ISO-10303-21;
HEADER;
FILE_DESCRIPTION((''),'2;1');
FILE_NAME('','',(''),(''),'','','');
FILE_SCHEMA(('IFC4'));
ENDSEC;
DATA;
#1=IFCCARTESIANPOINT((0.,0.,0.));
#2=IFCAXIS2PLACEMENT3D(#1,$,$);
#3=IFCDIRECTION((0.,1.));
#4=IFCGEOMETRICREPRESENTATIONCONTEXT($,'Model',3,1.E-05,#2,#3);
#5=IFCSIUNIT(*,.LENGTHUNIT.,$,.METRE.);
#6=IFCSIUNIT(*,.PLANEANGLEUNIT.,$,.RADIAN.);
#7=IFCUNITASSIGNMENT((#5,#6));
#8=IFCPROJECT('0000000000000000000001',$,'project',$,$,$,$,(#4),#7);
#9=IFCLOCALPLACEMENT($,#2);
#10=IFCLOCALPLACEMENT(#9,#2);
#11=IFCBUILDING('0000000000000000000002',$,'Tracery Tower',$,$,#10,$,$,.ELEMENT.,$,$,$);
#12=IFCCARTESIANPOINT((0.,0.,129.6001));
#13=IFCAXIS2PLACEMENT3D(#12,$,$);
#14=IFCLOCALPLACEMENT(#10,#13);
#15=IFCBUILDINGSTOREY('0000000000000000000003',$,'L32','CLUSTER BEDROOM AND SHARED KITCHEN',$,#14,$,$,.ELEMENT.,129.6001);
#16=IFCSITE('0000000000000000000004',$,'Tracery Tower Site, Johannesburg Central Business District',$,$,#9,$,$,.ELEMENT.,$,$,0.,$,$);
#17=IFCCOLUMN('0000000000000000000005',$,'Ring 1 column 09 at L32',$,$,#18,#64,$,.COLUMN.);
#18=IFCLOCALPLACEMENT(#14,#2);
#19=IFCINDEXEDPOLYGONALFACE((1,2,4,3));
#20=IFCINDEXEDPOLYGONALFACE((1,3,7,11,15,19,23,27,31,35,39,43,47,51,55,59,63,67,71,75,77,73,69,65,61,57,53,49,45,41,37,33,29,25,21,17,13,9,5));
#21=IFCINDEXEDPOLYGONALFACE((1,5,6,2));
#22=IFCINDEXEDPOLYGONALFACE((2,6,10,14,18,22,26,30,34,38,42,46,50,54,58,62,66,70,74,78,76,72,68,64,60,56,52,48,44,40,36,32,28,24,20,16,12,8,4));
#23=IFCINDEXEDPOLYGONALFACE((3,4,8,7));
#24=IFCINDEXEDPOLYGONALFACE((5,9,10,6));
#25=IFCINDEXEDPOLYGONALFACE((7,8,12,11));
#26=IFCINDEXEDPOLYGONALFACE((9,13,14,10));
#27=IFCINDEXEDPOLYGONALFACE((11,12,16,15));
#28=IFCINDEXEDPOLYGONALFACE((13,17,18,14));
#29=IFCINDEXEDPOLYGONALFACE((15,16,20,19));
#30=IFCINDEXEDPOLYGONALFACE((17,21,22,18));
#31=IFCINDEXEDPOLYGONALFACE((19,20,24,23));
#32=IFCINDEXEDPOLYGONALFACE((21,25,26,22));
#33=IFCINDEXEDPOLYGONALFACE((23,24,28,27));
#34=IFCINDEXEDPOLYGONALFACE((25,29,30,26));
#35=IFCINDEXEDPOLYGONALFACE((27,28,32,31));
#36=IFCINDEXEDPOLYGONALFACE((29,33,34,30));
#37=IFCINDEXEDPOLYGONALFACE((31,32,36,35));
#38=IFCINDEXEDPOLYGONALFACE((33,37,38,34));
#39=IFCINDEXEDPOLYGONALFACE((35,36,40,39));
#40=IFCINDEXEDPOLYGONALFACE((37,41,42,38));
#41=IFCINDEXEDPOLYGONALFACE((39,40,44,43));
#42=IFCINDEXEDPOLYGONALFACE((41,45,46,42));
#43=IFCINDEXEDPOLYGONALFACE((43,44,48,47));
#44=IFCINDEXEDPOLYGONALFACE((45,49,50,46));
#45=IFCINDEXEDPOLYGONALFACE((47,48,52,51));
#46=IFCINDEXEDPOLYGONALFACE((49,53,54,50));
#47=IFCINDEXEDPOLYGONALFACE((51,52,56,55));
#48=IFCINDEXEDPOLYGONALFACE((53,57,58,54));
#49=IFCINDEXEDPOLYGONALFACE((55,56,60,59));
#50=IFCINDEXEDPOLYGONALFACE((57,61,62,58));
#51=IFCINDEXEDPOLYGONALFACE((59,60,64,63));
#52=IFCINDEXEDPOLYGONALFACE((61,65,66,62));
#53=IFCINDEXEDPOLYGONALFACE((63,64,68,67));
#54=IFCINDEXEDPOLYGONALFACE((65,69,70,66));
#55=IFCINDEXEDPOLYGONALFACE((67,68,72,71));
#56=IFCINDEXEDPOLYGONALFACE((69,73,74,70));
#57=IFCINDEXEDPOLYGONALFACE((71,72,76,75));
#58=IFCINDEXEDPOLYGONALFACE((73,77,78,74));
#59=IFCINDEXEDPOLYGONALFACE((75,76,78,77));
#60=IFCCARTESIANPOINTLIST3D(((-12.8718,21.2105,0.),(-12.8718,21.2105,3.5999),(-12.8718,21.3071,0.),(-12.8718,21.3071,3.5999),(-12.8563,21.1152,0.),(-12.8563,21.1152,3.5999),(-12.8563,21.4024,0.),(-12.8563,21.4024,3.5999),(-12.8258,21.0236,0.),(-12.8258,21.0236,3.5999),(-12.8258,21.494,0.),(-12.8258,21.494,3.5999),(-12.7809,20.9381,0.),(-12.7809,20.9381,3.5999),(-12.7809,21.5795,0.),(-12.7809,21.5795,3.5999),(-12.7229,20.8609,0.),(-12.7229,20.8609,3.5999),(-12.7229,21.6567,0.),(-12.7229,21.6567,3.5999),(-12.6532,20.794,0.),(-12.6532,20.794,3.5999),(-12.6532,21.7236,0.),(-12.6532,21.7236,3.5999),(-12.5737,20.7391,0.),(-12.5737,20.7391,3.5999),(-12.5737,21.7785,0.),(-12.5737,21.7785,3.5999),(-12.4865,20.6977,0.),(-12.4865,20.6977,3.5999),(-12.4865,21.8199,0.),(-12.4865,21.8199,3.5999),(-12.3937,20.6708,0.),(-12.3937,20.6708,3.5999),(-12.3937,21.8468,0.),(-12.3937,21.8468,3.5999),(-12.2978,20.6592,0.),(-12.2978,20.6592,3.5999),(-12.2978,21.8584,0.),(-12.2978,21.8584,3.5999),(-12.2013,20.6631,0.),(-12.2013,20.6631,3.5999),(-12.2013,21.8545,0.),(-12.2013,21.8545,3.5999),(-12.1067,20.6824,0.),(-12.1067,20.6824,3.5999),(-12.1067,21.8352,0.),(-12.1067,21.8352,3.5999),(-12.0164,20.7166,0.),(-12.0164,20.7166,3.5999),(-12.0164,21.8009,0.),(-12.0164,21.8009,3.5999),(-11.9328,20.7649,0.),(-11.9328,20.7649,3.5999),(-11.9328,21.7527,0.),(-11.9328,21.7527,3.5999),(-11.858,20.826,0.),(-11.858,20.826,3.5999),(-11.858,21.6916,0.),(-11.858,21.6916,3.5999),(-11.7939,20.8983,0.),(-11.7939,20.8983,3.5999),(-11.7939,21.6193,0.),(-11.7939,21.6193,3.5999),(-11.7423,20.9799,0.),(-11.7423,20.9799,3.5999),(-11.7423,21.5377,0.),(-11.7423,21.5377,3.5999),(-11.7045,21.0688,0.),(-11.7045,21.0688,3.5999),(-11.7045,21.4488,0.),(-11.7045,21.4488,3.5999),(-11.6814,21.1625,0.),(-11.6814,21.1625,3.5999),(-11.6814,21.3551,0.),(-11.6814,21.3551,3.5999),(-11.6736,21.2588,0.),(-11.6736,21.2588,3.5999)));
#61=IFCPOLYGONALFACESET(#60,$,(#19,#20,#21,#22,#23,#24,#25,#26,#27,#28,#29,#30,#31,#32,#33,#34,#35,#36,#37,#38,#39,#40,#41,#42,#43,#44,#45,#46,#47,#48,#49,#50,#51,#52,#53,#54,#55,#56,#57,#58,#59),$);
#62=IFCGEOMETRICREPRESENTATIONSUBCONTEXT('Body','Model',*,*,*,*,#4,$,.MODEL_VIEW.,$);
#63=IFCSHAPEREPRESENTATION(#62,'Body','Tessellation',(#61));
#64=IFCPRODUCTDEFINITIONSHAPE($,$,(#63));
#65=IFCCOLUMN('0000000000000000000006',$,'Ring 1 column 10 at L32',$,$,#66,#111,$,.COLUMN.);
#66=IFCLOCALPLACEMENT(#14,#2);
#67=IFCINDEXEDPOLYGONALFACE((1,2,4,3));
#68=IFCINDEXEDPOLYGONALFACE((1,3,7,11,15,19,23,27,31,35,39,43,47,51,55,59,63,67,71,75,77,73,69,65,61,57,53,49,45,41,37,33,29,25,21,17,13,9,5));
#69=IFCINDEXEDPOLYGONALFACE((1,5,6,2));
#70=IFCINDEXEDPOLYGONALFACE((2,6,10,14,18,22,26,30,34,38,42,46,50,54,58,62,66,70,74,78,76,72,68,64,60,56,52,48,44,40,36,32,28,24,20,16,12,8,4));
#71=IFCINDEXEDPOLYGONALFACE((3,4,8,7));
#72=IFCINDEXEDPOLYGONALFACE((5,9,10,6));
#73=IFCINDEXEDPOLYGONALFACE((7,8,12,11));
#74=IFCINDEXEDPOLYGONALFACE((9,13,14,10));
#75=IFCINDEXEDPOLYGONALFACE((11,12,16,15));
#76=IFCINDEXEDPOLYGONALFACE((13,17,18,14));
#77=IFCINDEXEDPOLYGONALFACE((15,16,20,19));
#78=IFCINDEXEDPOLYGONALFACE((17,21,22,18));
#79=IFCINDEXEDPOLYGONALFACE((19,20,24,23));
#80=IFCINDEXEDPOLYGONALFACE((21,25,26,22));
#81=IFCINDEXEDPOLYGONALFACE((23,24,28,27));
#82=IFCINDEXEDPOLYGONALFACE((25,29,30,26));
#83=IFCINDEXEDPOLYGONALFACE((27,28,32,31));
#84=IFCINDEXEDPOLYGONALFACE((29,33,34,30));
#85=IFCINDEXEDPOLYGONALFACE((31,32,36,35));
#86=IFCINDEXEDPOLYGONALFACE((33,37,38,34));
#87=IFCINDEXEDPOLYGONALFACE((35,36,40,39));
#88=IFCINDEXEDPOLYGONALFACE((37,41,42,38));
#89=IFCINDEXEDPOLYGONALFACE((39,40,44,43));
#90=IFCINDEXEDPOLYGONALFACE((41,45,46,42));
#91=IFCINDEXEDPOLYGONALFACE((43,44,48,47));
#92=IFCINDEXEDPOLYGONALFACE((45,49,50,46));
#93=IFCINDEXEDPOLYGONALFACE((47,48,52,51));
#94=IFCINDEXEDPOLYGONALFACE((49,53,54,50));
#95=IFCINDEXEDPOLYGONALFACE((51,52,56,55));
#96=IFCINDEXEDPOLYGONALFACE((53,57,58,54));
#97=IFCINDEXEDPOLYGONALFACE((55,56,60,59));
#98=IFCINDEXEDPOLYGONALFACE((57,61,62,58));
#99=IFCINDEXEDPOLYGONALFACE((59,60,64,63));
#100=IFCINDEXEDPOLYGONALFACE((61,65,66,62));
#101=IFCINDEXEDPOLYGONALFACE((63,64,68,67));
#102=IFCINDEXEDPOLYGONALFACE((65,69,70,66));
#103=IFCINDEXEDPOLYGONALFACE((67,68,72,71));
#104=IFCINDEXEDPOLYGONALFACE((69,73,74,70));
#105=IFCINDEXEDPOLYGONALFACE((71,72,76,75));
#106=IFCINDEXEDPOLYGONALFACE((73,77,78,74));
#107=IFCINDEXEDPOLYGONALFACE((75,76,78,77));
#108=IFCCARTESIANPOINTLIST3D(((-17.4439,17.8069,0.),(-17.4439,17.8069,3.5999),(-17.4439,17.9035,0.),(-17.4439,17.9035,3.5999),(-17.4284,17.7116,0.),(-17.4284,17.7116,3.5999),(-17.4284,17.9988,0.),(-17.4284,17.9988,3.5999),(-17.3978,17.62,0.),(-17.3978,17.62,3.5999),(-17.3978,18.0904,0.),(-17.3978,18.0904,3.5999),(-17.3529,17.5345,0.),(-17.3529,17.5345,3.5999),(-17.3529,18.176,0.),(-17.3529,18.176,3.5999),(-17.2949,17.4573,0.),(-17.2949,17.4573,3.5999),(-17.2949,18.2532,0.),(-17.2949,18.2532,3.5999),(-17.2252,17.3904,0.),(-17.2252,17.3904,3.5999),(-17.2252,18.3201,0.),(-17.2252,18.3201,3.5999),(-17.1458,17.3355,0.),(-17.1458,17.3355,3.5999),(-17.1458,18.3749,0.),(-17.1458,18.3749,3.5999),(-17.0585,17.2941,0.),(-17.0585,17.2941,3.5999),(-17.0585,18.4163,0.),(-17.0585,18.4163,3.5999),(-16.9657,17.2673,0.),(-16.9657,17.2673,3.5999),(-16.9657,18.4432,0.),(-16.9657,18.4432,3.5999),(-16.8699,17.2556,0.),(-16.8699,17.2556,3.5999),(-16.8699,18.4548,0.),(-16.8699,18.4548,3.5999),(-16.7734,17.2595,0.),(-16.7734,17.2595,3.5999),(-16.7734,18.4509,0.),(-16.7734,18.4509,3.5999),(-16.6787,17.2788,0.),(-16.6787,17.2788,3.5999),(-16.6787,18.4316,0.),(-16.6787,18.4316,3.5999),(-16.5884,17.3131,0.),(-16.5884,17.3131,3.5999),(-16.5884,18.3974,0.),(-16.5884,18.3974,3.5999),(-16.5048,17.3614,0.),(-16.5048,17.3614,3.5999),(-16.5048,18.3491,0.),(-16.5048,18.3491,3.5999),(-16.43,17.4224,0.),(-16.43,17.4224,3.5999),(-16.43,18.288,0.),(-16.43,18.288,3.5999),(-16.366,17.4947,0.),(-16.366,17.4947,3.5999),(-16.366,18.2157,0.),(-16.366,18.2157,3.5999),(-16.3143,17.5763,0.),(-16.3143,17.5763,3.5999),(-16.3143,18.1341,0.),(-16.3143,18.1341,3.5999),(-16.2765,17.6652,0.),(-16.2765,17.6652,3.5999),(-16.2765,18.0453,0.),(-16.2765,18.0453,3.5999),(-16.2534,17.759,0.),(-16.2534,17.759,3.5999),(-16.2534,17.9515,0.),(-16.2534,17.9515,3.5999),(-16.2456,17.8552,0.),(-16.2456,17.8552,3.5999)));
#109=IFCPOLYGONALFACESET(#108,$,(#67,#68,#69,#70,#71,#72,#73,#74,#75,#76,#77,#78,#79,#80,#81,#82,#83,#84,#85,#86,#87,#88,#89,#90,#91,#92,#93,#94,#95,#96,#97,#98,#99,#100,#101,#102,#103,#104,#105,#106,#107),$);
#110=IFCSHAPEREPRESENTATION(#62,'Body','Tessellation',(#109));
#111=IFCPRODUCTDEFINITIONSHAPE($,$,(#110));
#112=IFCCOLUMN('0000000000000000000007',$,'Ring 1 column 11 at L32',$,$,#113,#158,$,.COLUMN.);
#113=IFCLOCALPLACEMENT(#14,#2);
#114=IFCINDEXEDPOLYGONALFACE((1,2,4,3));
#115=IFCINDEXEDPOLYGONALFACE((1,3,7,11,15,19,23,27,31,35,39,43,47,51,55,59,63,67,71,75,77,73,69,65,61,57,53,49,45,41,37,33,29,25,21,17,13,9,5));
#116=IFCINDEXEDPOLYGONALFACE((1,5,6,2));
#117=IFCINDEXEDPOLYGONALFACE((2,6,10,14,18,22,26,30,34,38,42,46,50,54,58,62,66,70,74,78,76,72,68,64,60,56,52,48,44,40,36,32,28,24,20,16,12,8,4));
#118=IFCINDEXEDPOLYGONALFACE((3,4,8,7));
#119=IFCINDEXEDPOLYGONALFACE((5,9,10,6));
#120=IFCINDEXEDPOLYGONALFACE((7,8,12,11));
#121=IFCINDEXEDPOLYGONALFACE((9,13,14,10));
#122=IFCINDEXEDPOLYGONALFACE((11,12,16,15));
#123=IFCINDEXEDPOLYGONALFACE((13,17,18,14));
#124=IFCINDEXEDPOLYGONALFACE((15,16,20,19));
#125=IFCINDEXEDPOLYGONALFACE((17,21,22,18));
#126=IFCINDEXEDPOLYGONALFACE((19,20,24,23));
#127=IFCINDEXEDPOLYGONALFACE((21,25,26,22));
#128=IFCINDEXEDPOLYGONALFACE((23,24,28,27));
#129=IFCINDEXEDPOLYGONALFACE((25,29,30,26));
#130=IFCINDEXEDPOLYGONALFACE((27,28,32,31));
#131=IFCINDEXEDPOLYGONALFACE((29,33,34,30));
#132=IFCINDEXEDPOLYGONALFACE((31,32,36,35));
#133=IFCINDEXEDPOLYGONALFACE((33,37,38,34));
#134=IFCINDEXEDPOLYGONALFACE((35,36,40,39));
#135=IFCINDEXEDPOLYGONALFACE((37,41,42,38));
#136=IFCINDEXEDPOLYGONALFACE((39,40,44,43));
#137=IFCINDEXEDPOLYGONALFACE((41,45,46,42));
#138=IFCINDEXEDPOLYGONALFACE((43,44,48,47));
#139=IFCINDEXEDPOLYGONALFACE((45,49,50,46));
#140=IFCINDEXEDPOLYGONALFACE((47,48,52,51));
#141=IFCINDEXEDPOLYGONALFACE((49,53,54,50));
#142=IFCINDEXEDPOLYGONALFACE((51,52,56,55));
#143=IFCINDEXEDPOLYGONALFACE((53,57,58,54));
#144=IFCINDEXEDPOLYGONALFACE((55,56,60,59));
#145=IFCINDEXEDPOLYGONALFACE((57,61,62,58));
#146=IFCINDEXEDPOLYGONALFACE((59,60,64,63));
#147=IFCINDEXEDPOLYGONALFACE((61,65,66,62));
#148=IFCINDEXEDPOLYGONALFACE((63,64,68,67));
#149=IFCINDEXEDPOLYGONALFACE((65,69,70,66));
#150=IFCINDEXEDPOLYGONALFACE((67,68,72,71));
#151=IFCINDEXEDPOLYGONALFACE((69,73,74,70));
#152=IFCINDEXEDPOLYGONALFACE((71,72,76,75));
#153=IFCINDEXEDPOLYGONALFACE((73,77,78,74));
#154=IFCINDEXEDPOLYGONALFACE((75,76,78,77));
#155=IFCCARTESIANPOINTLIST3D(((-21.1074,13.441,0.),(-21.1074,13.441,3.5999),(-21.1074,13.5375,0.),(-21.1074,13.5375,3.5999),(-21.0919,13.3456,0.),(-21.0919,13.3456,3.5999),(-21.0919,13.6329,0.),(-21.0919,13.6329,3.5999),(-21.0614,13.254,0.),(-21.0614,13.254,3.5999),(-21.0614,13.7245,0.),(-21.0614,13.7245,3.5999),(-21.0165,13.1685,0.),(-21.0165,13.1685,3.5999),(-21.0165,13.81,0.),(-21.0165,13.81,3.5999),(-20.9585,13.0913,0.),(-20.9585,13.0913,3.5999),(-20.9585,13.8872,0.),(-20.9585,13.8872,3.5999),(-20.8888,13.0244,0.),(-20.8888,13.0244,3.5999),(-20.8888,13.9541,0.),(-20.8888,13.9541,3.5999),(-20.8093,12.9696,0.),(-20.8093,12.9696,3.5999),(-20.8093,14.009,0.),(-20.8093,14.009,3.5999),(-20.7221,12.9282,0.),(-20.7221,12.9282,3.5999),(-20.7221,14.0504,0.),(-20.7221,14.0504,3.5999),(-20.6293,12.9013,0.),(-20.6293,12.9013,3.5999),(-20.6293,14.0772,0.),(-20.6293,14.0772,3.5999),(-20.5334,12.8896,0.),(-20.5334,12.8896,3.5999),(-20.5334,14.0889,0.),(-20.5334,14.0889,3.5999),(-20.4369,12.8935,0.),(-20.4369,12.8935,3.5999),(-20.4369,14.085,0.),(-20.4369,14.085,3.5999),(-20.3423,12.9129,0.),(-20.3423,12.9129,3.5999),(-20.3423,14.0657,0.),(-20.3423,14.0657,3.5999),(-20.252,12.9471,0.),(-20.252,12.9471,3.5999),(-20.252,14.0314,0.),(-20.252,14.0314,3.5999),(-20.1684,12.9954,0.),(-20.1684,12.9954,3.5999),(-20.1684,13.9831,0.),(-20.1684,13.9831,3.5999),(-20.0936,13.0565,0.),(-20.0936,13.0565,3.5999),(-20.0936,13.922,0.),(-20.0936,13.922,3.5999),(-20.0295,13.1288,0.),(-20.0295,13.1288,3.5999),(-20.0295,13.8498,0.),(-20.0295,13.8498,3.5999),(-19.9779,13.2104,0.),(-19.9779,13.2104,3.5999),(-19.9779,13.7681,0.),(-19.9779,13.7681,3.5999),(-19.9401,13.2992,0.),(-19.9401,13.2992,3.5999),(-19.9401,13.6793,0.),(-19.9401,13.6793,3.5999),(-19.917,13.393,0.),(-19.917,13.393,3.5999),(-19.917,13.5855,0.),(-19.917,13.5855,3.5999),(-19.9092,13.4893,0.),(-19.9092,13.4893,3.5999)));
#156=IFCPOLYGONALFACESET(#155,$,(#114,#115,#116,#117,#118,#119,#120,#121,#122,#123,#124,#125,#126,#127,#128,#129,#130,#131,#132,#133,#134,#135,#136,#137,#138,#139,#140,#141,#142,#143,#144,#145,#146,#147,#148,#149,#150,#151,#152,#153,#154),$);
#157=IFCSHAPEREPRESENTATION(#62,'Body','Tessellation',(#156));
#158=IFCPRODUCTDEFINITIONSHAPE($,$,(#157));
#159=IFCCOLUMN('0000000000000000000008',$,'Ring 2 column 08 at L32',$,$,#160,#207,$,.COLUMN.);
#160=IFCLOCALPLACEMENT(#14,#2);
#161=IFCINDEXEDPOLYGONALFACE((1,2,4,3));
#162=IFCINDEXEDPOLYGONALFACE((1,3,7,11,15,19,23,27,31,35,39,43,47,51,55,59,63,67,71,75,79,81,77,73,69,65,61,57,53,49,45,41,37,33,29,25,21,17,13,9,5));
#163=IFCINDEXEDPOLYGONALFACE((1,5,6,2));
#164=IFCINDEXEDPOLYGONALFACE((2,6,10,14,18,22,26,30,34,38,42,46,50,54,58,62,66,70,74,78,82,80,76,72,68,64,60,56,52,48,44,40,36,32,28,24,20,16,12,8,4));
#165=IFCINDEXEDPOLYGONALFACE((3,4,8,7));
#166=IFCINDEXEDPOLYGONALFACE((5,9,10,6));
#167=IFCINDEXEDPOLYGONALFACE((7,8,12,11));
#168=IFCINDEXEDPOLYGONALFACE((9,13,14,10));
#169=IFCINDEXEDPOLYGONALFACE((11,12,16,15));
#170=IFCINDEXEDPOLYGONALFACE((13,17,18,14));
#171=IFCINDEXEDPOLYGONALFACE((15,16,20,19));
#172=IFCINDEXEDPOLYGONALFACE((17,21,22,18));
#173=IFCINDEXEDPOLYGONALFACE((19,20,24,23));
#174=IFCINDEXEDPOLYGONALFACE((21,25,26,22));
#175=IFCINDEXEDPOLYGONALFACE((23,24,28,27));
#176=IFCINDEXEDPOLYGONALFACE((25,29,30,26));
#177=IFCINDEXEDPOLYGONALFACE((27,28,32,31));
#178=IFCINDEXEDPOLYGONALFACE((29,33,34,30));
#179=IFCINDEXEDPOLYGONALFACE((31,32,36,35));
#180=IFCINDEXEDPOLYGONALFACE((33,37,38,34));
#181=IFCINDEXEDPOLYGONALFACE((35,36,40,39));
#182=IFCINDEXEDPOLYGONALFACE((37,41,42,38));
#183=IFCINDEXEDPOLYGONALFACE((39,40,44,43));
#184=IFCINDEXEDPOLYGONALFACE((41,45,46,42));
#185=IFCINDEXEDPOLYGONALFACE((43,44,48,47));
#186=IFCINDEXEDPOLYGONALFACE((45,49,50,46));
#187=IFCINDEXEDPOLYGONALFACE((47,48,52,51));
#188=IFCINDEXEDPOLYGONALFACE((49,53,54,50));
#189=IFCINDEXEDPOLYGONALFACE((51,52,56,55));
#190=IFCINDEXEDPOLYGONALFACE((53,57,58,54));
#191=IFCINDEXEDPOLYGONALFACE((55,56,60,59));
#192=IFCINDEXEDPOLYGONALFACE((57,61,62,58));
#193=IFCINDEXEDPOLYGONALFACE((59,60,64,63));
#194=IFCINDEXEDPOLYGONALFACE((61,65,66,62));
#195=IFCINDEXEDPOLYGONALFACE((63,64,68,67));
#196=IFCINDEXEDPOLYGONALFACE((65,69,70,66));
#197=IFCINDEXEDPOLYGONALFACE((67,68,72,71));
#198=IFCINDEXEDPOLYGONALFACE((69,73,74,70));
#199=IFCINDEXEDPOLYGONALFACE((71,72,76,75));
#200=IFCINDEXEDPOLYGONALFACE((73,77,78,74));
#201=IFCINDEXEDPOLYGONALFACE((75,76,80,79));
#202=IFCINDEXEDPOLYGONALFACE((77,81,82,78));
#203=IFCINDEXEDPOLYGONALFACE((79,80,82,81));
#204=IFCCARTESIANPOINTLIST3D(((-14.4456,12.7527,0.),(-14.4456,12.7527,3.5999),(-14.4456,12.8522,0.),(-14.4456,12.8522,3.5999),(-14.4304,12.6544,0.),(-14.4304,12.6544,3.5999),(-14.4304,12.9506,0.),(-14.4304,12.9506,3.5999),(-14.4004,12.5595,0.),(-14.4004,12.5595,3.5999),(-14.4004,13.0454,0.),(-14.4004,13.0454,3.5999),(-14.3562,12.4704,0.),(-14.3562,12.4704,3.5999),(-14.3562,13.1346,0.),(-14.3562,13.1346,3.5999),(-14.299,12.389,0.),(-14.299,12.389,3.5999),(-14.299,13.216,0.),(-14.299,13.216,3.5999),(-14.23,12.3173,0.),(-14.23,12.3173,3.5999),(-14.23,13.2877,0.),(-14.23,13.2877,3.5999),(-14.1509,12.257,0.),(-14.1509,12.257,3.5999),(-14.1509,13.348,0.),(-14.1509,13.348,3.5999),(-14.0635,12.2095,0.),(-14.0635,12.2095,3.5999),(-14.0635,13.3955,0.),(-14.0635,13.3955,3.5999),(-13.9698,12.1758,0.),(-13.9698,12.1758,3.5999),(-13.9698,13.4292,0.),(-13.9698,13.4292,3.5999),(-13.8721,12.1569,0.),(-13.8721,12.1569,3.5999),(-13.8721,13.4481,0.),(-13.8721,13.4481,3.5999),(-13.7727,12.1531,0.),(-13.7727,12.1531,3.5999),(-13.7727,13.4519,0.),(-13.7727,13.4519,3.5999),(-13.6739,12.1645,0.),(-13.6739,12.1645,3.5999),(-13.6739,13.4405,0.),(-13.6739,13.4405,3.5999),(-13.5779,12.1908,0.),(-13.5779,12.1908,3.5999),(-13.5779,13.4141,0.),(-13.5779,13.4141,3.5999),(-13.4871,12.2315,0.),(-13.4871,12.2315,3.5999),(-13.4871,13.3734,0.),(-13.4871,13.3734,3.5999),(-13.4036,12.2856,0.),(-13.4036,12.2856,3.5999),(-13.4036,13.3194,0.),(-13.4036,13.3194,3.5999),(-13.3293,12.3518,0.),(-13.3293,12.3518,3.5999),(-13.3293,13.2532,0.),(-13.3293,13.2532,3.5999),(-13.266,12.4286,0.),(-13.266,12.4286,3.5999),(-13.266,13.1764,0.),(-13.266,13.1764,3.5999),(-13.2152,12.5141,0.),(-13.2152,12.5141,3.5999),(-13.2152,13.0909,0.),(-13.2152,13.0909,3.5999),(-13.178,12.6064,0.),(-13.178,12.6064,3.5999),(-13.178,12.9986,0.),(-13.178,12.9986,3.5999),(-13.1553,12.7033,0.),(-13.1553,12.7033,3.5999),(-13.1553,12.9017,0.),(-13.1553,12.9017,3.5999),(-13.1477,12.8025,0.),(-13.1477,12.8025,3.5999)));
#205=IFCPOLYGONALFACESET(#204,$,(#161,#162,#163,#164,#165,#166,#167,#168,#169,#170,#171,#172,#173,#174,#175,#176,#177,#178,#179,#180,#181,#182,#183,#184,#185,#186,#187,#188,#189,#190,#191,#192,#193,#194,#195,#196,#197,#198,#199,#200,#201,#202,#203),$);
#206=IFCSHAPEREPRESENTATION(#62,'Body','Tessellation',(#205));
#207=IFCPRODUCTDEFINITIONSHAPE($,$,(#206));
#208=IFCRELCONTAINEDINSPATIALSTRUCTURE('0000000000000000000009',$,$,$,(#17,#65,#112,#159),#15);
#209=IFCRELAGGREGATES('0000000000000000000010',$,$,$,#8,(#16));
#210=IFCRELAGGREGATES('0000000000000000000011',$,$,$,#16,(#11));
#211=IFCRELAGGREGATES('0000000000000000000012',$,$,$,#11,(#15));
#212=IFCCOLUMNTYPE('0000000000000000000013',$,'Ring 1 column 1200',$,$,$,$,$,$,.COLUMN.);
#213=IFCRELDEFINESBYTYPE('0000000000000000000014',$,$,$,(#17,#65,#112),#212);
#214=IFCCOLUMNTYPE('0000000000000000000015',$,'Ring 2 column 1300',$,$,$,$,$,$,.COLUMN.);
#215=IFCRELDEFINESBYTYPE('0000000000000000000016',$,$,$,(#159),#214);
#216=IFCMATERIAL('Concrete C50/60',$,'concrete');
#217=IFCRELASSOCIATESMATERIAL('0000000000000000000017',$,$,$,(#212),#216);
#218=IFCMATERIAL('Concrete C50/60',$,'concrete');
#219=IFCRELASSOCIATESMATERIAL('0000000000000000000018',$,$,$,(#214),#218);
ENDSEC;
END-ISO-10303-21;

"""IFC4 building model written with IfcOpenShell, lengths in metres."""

from ifc_helpers import new_model, si_unit, direction, frame, origin, origin_2d, place, context, subcontext, project, spatial, circle, extrude, material, material_profile, profile_set, type_object, element, save


model = new_model("IFC4")

# Units and contexts
model_context = context("Model", 3, precision=1e-05, world=origin(), true_north=direction((0.0, 1.0)))
body_context = subcontext(model_context, "Body", "Model", "MODEL_VIEW")
ifc_project = project(units=[si_unit("LENGTHUNIT", "METRE"), si_unit("PLANEANGLEUNIT", "RADIAN")], contexts=[model_context])

# Site, building, storey
site_placement = place(None, origin())
site = spatial("IfcSite", under=ifc_project, at=site_placement, Name="Tracery Tower Site, Johannesburg Central Business District", CompositionType="ELEMENT", RefElevation=0.0)
building_placement = place(site_placement, origin())
building = spatial("IfcBuilding", under=site, at=building_placement, Name="Tracery Tower", CompositionType="ELEMENT")
storey_placement = place(building_placement, frame((0.0, 0.0, 129.6001)))
storey = spatial("IfcBuildingStorey", under=building, at=storey_placement, Name="L32", Description="CLUSTER BEDROOM AND SHARED KITCHEN", CompositionType="ELEMENT", Elevation=129.6001)

# Columns
ifc_material_1 = material(Name="Concrete C50/60", Category="concrete")
ifc_material_profile_1 = material_profile(ifc_material_1, circle(Radius=0.6001, at=origin_2d()), Name="RC D1200")
ifc_profile_set_1 = profile_set([ifc_material_profile_1], Name="Concrete C50/60")
column_type_1 = type_object("IfcColumnType", Name="Ring 1 column 1200", PredefinedType="COLUMN", material=ifc_profile_set_1)
for number, where, z_axis, x_axis, name in (
    (1, (-12.2737, 21.2588, 0.0), (0.0, 0.0, 1.0), (1.0, 0.0, 0.0), "Ring 1 column 09 at L32"),
    (2, (-16.8457, 17.8552, 0.0), (0.0, 0.0, 1.0), (1.0, 0.0, 0.0), "Ring 1 column 10 at L32"),
    (3, (-20.5093, 13.4893, 0.0), (0.0, 0.0, 1.0), (1.0, 0.0, 0.0), "Ring 1 column 11 at L32"),
):
    element("IfcColumn", number, at=place(storey_placement, frame(where, z_axis=z_axis, x_axis=x_axis)), inside=storey, type_object=column_type_1, Name=name, PredefinedType="COLUMN", context=body_context, shape_type="SweptSolid", body=[
        extrude(circle(Radius=0.6001, at=origin_2d()), origin(), (0.0, 0.0, 1.0), 3.5999),
    ])
ifc_material_2 = material(Name="Concrete C50/60", Category="concrete")
ifc_material_profile_2 = material_profile(ifc_material_2, circle(Radius=0.6499, at=origin_2d()), Name="RC D1300")
ifc_profile_set_2 = profile_set([ifc_material_profile_2], Name="Concrete C50/60")
column_type_2 = type_object("IfcColumnType", Name="Ring 2 column 1300", PredefinedType="COLUMN", material=ifc_profile_set_2)
column_placement = place(storey_placement, frame((-13.7976, 12.8025, 0.0), z_axis=(0.0, 0.0, 1.0), x_axis=(1.0, 0.0, 0.0)))
element("IfcColumn", 4, at=column_placement, inside=storey, type_object=column_type_2, Name="Ring 2 column 08 at L32", PredefinedType="COLUMN", context=body_context, shape_type="SweptSolid", body=[
    extrude(circle(Radius=0.6499, at=origin_2d()), origin(), (0.0, 0.0, 1.0), 3.5999),
])

save(model, "model.ifc")
